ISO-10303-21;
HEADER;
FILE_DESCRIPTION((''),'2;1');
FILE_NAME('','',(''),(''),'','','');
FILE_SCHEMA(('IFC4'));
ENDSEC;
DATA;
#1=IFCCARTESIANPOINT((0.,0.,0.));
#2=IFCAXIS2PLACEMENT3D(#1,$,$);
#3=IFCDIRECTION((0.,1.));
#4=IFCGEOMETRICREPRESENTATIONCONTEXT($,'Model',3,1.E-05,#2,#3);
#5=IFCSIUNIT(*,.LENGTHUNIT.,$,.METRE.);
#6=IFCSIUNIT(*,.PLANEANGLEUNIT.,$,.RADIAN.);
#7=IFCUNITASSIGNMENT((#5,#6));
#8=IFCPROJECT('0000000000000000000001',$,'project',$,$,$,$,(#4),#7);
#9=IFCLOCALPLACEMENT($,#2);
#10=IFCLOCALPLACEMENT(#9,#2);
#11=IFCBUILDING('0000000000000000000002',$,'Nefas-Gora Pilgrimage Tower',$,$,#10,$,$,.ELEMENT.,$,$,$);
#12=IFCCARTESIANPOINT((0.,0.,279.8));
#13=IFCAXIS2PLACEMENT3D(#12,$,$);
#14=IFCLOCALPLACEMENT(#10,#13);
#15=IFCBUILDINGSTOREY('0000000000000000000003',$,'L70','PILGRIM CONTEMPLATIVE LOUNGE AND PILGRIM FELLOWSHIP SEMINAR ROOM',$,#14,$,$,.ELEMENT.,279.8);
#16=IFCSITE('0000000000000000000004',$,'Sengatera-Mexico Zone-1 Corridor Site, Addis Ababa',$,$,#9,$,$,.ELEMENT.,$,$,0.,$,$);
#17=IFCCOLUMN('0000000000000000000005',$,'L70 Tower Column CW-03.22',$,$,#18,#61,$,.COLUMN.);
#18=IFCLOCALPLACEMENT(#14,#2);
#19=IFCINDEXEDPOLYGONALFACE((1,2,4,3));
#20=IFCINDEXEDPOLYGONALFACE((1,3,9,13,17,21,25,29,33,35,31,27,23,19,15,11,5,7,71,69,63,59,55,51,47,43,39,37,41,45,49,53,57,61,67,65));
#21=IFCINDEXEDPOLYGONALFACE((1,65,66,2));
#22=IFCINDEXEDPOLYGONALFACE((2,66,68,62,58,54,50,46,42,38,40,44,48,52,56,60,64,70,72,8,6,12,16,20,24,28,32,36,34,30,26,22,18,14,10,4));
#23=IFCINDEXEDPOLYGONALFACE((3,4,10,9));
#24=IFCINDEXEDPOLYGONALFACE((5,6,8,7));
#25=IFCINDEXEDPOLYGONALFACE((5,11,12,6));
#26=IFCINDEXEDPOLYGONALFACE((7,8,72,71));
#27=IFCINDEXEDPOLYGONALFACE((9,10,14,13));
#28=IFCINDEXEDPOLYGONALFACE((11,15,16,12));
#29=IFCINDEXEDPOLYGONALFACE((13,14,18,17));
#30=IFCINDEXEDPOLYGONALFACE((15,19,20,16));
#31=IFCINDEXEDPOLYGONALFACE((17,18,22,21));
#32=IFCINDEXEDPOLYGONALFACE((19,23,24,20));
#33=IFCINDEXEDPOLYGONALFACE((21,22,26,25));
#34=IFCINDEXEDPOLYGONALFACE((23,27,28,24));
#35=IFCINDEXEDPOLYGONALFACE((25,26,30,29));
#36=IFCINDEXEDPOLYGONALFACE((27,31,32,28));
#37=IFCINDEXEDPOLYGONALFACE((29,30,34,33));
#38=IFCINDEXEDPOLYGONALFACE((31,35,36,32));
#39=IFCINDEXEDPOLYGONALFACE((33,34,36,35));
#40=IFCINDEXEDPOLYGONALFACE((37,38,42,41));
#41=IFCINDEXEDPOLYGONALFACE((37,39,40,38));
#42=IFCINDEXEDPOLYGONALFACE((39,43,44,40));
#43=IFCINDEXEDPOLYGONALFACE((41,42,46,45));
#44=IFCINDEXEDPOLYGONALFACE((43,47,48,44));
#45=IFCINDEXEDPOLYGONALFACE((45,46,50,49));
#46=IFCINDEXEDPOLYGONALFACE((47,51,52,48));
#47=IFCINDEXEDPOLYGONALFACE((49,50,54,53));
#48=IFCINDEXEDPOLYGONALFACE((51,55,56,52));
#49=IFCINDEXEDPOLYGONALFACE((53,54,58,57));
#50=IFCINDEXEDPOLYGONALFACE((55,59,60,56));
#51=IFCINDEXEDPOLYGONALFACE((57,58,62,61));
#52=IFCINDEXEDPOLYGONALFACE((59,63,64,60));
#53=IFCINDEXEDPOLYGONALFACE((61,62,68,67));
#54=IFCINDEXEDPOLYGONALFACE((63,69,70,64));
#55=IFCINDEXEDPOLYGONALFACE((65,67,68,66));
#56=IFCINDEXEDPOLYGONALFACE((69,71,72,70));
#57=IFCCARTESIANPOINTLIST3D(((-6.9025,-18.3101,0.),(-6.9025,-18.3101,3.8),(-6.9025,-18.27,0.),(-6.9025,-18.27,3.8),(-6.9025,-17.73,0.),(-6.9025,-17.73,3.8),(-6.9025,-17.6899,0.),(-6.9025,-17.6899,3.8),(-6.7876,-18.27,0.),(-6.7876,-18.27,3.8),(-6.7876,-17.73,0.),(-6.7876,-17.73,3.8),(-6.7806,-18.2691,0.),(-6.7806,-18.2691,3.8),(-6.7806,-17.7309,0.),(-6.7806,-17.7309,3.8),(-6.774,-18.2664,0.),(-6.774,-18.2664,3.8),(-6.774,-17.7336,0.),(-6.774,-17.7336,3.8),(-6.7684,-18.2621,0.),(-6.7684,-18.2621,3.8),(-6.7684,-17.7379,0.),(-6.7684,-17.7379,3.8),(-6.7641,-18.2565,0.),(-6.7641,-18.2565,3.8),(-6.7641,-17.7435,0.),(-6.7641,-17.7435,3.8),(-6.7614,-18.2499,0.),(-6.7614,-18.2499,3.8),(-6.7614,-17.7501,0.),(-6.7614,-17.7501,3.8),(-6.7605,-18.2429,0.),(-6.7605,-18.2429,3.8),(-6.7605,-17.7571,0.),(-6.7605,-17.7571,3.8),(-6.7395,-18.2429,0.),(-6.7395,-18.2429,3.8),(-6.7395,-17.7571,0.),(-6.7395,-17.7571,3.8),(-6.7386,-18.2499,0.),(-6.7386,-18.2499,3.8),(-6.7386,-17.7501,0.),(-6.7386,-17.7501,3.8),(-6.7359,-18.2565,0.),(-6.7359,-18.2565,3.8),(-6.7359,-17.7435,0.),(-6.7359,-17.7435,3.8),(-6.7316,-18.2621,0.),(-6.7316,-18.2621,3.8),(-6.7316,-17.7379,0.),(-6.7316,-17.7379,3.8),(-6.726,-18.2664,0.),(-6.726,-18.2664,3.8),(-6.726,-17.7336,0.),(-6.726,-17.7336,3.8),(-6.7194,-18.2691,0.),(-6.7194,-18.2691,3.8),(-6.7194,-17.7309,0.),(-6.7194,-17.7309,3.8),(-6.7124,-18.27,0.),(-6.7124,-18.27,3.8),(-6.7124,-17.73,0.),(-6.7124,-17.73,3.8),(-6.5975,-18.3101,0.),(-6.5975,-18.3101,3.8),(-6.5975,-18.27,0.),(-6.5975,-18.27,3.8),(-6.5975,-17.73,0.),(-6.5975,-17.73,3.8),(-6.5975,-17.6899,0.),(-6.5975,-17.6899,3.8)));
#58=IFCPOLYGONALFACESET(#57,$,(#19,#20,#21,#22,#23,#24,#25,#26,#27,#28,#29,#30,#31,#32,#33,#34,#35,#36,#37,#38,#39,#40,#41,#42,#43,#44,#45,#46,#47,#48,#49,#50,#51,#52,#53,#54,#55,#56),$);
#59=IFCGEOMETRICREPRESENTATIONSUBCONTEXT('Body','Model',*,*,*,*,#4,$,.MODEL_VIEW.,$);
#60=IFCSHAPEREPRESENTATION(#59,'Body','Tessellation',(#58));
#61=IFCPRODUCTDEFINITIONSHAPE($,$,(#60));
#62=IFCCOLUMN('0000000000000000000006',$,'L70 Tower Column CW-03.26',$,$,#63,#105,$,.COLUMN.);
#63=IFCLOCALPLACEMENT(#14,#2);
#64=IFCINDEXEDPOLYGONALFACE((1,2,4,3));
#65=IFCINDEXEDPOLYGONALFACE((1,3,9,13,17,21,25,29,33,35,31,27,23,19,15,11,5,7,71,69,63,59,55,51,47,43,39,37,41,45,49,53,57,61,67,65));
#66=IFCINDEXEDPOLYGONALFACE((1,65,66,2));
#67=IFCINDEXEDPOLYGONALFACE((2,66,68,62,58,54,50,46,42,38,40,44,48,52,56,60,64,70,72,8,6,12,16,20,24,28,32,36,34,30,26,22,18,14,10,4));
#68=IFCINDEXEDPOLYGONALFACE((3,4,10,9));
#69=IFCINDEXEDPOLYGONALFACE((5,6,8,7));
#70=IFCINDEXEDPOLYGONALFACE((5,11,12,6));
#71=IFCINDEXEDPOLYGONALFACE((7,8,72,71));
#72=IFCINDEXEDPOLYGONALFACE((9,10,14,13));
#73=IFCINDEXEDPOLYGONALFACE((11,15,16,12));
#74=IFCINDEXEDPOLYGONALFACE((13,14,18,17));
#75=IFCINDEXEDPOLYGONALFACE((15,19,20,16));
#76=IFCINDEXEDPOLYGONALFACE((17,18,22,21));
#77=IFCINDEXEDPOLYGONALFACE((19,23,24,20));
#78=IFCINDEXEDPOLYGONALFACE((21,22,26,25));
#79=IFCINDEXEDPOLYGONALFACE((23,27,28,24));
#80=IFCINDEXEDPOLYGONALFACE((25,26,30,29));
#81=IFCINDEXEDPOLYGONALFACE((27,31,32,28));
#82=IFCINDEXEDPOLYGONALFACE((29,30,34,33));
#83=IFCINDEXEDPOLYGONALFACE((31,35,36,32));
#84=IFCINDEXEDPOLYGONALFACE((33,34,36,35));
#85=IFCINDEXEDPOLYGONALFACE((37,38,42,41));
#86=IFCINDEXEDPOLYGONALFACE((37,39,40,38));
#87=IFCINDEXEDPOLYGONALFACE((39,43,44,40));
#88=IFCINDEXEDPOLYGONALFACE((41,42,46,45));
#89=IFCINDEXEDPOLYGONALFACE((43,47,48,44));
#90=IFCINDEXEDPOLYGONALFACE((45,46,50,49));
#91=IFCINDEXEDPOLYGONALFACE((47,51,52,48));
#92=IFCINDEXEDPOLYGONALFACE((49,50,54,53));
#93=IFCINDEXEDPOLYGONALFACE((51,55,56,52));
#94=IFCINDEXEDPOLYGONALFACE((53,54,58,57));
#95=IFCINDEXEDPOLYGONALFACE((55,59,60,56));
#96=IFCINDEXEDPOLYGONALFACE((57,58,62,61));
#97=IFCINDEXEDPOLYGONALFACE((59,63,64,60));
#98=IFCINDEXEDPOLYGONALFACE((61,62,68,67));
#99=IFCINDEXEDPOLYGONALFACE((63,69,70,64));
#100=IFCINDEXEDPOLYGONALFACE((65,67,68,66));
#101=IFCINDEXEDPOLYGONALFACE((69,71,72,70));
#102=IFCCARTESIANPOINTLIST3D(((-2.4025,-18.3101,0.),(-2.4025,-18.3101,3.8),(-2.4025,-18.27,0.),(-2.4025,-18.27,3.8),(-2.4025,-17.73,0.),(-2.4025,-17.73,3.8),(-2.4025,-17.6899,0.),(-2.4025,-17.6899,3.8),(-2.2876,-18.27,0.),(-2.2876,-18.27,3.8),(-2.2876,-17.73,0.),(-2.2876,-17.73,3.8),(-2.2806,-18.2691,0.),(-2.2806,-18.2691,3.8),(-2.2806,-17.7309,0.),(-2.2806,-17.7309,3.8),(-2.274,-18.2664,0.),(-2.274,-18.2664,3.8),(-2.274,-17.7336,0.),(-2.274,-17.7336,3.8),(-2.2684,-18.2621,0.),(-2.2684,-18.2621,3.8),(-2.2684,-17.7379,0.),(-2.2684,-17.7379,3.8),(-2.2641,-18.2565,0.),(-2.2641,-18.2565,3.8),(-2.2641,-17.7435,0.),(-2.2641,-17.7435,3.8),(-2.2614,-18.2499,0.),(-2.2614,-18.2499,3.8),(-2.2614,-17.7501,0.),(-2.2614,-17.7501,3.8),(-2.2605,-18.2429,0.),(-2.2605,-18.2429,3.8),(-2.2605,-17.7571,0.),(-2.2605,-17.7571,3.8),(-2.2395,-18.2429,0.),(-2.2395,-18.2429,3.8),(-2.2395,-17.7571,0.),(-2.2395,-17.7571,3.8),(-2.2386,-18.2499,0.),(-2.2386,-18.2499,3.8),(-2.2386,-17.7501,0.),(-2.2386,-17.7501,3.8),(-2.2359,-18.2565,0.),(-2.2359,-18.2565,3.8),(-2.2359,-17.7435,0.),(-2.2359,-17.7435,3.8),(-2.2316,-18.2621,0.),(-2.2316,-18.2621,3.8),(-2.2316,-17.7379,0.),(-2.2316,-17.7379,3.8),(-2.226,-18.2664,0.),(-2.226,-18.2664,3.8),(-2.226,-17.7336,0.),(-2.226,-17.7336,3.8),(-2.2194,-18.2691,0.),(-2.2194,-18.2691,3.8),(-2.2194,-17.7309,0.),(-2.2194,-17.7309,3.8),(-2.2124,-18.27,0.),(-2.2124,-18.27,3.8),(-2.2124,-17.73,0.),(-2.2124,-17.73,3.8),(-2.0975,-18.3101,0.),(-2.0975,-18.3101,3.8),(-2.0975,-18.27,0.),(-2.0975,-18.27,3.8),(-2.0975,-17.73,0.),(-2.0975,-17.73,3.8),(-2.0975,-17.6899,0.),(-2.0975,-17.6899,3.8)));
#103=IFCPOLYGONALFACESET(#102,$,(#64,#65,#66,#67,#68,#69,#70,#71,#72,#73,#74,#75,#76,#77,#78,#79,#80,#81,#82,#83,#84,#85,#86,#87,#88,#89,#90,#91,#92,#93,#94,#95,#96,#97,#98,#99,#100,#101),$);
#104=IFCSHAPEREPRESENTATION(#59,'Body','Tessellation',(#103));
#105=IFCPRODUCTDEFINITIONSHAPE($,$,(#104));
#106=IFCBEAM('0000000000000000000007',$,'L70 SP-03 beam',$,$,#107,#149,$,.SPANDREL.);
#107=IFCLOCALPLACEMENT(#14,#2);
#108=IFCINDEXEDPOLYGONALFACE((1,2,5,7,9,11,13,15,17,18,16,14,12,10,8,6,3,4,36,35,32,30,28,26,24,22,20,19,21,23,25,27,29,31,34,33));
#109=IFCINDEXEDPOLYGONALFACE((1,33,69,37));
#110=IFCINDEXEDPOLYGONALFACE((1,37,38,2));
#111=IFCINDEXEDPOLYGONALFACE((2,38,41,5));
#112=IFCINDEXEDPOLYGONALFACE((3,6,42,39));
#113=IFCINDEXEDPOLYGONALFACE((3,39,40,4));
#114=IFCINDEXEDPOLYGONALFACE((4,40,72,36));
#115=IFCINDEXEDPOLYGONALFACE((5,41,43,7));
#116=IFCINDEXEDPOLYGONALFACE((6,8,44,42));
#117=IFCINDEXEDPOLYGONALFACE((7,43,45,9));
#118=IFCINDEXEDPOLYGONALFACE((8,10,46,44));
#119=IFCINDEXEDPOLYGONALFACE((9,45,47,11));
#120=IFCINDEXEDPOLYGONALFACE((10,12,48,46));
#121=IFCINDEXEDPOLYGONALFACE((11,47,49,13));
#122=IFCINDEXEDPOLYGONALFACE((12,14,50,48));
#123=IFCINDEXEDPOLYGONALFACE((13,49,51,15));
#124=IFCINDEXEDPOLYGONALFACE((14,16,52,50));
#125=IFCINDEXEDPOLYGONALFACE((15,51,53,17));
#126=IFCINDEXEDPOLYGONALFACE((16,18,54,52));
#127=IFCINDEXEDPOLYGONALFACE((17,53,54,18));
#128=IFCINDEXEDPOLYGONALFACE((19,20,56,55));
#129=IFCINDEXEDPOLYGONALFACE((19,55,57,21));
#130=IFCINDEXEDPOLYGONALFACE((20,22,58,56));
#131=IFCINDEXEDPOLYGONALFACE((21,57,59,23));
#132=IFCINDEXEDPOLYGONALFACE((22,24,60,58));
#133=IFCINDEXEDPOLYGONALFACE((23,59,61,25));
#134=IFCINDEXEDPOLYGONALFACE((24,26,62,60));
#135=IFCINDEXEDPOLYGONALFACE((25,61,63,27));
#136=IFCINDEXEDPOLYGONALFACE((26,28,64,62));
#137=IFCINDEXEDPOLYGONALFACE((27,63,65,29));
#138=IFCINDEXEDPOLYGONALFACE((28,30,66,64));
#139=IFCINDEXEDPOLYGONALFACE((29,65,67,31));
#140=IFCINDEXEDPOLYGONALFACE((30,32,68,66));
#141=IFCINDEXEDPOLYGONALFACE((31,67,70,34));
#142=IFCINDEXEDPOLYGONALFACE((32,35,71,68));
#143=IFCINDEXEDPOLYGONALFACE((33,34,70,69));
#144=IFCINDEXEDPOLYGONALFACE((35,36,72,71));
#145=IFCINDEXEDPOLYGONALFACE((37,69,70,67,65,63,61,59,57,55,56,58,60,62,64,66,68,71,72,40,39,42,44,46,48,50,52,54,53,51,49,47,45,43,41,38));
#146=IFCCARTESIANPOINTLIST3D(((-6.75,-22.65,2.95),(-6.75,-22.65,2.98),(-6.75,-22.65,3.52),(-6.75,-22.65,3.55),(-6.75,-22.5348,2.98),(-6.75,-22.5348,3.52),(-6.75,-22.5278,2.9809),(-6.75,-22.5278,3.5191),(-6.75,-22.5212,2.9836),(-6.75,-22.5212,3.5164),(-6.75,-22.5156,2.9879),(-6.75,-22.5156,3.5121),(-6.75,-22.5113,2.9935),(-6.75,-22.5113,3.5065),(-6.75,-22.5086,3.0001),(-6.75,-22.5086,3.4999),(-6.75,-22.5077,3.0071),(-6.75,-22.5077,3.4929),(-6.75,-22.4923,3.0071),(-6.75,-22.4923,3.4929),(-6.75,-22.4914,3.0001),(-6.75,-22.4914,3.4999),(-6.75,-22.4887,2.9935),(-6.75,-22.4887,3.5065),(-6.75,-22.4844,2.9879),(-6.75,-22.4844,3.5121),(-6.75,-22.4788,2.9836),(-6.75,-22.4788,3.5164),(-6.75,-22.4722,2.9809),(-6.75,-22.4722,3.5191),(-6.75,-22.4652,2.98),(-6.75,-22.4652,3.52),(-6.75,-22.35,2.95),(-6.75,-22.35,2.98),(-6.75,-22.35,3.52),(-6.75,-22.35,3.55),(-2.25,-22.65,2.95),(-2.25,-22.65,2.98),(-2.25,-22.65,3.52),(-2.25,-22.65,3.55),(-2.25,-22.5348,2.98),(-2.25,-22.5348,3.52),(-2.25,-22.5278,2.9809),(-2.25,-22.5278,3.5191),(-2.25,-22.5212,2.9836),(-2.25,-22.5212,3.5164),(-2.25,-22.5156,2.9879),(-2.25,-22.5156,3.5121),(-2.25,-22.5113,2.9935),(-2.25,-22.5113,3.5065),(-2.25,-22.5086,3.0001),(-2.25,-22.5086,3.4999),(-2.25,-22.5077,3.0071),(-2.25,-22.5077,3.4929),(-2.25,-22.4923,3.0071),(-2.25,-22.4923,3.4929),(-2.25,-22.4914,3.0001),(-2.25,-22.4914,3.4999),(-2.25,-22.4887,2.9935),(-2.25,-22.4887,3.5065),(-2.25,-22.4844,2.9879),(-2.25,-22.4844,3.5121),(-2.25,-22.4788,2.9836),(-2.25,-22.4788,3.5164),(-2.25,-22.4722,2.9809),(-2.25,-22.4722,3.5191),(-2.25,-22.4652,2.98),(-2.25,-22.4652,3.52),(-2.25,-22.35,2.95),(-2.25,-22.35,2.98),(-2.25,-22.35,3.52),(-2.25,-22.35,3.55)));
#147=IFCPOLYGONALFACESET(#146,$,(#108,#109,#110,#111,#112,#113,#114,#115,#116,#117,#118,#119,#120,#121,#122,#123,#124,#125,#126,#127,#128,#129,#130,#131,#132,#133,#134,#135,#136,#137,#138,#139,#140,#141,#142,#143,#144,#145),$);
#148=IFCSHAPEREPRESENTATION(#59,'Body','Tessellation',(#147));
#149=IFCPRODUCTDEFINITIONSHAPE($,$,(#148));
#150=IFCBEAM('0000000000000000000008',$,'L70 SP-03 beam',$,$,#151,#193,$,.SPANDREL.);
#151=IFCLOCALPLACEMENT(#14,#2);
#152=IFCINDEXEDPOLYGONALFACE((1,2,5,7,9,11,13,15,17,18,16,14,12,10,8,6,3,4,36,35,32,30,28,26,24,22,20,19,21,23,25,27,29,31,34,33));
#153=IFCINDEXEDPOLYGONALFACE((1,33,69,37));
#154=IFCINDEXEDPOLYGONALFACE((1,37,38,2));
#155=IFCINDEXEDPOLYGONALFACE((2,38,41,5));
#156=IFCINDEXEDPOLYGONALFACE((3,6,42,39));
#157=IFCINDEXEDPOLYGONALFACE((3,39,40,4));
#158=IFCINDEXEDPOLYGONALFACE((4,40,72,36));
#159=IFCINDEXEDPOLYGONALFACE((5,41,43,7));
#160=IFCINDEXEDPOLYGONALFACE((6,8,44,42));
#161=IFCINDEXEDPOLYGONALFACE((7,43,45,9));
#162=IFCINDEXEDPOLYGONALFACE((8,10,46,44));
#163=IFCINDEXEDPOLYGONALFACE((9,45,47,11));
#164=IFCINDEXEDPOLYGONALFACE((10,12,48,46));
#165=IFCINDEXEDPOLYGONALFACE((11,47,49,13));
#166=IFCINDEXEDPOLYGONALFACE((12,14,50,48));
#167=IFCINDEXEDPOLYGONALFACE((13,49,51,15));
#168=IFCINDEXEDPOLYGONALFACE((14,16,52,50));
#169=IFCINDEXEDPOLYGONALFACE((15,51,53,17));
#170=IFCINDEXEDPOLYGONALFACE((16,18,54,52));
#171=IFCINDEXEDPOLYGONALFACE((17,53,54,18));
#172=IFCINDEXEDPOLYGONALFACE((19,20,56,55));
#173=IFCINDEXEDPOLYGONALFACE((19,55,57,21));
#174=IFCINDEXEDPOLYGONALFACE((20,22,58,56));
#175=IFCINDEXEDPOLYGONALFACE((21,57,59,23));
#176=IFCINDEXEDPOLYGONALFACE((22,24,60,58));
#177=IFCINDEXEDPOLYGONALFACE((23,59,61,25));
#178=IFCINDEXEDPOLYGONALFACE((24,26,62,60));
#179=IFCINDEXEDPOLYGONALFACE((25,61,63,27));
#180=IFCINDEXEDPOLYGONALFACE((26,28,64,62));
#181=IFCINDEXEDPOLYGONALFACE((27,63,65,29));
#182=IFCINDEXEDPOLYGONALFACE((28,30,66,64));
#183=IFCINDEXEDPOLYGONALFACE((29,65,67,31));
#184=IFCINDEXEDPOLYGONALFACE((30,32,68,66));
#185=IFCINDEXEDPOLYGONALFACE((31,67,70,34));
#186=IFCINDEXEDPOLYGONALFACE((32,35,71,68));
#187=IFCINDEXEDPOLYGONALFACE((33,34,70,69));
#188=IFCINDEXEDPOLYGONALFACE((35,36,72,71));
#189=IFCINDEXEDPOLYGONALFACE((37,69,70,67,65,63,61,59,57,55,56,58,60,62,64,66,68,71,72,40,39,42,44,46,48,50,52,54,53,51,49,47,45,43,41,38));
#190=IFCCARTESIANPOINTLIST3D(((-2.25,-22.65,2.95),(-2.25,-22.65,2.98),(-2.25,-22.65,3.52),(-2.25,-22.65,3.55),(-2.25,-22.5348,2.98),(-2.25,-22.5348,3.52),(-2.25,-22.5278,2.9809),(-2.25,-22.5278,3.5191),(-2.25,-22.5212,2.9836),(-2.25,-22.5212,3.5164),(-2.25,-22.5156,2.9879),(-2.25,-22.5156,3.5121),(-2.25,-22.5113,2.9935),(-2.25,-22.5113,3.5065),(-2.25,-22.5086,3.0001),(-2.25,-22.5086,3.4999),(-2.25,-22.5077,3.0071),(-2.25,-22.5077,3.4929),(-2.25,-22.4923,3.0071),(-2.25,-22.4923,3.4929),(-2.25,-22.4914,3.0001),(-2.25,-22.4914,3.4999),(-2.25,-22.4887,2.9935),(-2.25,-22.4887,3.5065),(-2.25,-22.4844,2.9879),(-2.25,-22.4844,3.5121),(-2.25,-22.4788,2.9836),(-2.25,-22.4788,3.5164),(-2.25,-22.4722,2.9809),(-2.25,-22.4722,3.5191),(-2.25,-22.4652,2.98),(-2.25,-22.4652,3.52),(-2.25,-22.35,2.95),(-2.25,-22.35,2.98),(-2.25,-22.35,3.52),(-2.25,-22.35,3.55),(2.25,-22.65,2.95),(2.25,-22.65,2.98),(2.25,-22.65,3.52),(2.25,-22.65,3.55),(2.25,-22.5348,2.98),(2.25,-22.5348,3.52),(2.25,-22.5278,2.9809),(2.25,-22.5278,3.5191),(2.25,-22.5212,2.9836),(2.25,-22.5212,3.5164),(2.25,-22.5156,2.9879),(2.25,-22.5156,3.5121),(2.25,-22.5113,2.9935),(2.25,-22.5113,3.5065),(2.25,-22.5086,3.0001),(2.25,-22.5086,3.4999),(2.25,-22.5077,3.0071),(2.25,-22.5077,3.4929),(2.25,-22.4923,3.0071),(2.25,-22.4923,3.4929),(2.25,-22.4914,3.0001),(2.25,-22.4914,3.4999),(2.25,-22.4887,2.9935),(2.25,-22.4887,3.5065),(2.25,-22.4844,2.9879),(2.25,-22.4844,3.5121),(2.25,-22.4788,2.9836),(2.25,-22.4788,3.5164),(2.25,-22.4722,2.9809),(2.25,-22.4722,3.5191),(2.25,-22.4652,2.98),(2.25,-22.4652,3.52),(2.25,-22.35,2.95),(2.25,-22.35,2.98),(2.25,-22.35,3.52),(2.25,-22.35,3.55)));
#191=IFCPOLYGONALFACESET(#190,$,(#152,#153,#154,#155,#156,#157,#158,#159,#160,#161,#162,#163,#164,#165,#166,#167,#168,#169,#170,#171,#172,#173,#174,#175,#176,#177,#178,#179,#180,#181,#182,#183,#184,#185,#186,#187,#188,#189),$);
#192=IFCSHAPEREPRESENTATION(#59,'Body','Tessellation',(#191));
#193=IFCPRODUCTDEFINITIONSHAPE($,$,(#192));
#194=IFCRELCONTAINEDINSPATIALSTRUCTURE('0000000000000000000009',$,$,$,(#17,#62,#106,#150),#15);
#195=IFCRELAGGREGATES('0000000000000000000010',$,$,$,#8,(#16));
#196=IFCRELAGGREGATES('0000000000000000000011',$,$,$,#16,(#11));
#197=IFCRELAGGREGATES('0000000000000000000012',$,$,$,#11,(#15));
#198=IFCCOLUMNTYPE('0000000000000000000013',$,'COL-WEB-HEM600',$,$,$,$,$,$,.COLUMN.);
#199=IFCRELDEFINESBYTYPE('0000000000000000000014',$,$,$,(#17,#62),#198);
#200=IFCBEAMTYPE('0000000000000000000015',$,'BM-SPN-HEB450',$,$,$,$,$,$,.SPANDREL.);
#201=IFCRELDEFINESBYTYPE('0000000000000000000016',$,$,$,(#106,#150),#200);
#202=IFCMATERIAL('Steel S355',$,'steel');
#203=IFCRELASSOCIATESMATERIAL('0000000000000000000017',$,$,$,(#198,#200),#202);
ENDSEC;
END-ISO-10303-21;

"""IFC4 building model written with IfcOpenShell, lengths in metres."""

from ifc_helpers import new_model, si_unit, direction, frame, origin, origin_2d, place, context, subcontext, project, spatial, i_section, extrude, source, transform, mapped, material, material_profile, profile_set, type_object, element, save


model = new_model("IFC4")

# Units and contexts
model_context = context("Model", 3, precision=1e-05, world=origin(), true_north=direction((0.0, 1.0)))
body_context = subcontext(model_context, "Body", "Model", "MODEL_VIEW")
ifc_project = project(units=[si_unit("LENGTHUNIT", "METRE"), si_unit("PLANEANGLEUNIT", "RADIAN")], contexts=[model_context])

# Site, building, storey
site_placement = place(None, origin())
site = spatial("IfcSite", under=ifc_project, at=site_placement, Name="Sengatera-Mexico Zone-1 Corridor Site, Addis Ababa", CompositionType="ELEMENT", RefElevation=0.0)
building_placement = place(site_placement, origin())
building = spatial("IfcBuilding", under=site, at=building_placement, Name="Nefas-Gora Pilgrimage Tower", CompositionType="ELEMENT")
storey_placement = place(building_placement, frame((0.0, 0.0, 279.8)))
storey = spatial("IfcBuildingStorey", under=building, at=storey_placement, Name="L70", Description="PILGRIM CONTEMPLATIVE LOUNGE AND PILGRIM FELLOWSHIP SEMINAR ROOM", CompositionType="ELEMENT", Elevation=279.8)

# Columns
ifc_material_1 = material(Name="Steel S355", Category="steel")
ifc_material_profile_1 = material_profile(ifc_material_1, i_section(OverallWidth=0.3049, OverallDepth=0.6201, WebThickness=0.021, FlangeThickness=0.04, FilletRadius=0.0271, at=origin_2d()), Name="HEM 600")
ifc_profile_set_1 = profile_set([ifc_material_profile_1], Name="Steel S355")
column_type_1 = type_object("IfcColumnType", Name="COL-WEB-HEM600", PredefinedType="COLUMN", material=ifc_profile_set_1)
shared_shape_1 = source(origin(), body_context, "Body", "SweptSolid", [
    extrude(i_section(OverallWidth=0.3049, OverallDepth=0.6201, WebThickness=0.021, FlangeThickness=0.04, FilletRadius=0.0271, at=origin_2d()), origin(), (0.0, 0.0, 1.0), 3.8),
])
for number, where, z_axis, x_axis, name in (
    (1, (-6.75, -18.0, 0.0), (0.0, 0.0, 1.0), (1.0, 0.0, 0.0), "L70 Tower Column CW-03.22"),
    (2, (-2.25, -18.0, 0.0), (0.0, 0.0, 1.0), (1.0, 0.0, 0.0), "L70 Tower Column CW-03.26"),
):
    element("IfcColumn", number, at=place(storey_placement, frame(where, z_axis=z_axis, x_axis=x_axis)), inside=storey, type_object=column_type_1, Name=name, PredefinedType="COLUMN", context=body_context, shape_type="MappedRepresentation", body=[
        mapped(shared_shape_1, transform((0.0, 0.0, 0.0), x_axis=(1.0, 0.0, 0.0), y_axis=(0.0, 1.0, 0.0), z_axis=(0.0, 0.0, 1.0), scale=1.0)),
    ])

# Beams
ifc_material_profile_2 = material_profile(ifc_material_1, i_section(OverallWidth=0.3, OverallDepth=0.6001, WebThickness=0.0154, FlangeThickness=0.03, FilletRadius=0.0271, at=origin_2d()), Name="HEB 600")
ifc_profile_set_2 = profile_set([ifc_material_profile_2], Name="Steel S355")
beam_type_1 = type_object("IfcBeamType", Name="BM-SPN-HEB450", PredefinedType="SPANDREL", material=ifc_profile_set_2)
shared_shape_2 = source(origin(), body_context, "Body", "SweptSolid", [
    extrude(i_section(OverallWidth=0.3, OverallDepth=0.6001, WebThickness=0.0154, FlangeThickness=0.03, FilletRadius=0.0271, at=origin_2d()), origin(), (0.0, 0.0, 1.0), 4.5),
])
for number, where, z_axis, x_axis, name in (
    (3, (-6.75, -22.5, 3.25), (1.0, 0.0, 0.0), (0.0, 1.0, 0.0), "L70 SP-03 beam"),
    (4, (-2.25, -22.5, 3.25), (1.0, 0.0, 0.0), (0.0, 1.0, 0.0), "L70 SP-03 beam"),
):
    element("IfcBeam", number, at=place(storey_placement, frame(where, z_axis=z_axis, x_axis=x_axis)), inside=storey, type_object=beam_type_1, Name=name, PredefinedType="SPANDREL", context=body_context, shape_type="MappedRepresentation", body=[
        mapped(shared_shape_2, transform((0.0, 0.0, 0.0), x_axis=(1.0, 0.0, 0.0), y_axis=(0.0, 1.0, 0.0), z_axis=(0.0, 0.0, 1.0), scale=1.0)),
    ])

save(model, "model.ifc")
